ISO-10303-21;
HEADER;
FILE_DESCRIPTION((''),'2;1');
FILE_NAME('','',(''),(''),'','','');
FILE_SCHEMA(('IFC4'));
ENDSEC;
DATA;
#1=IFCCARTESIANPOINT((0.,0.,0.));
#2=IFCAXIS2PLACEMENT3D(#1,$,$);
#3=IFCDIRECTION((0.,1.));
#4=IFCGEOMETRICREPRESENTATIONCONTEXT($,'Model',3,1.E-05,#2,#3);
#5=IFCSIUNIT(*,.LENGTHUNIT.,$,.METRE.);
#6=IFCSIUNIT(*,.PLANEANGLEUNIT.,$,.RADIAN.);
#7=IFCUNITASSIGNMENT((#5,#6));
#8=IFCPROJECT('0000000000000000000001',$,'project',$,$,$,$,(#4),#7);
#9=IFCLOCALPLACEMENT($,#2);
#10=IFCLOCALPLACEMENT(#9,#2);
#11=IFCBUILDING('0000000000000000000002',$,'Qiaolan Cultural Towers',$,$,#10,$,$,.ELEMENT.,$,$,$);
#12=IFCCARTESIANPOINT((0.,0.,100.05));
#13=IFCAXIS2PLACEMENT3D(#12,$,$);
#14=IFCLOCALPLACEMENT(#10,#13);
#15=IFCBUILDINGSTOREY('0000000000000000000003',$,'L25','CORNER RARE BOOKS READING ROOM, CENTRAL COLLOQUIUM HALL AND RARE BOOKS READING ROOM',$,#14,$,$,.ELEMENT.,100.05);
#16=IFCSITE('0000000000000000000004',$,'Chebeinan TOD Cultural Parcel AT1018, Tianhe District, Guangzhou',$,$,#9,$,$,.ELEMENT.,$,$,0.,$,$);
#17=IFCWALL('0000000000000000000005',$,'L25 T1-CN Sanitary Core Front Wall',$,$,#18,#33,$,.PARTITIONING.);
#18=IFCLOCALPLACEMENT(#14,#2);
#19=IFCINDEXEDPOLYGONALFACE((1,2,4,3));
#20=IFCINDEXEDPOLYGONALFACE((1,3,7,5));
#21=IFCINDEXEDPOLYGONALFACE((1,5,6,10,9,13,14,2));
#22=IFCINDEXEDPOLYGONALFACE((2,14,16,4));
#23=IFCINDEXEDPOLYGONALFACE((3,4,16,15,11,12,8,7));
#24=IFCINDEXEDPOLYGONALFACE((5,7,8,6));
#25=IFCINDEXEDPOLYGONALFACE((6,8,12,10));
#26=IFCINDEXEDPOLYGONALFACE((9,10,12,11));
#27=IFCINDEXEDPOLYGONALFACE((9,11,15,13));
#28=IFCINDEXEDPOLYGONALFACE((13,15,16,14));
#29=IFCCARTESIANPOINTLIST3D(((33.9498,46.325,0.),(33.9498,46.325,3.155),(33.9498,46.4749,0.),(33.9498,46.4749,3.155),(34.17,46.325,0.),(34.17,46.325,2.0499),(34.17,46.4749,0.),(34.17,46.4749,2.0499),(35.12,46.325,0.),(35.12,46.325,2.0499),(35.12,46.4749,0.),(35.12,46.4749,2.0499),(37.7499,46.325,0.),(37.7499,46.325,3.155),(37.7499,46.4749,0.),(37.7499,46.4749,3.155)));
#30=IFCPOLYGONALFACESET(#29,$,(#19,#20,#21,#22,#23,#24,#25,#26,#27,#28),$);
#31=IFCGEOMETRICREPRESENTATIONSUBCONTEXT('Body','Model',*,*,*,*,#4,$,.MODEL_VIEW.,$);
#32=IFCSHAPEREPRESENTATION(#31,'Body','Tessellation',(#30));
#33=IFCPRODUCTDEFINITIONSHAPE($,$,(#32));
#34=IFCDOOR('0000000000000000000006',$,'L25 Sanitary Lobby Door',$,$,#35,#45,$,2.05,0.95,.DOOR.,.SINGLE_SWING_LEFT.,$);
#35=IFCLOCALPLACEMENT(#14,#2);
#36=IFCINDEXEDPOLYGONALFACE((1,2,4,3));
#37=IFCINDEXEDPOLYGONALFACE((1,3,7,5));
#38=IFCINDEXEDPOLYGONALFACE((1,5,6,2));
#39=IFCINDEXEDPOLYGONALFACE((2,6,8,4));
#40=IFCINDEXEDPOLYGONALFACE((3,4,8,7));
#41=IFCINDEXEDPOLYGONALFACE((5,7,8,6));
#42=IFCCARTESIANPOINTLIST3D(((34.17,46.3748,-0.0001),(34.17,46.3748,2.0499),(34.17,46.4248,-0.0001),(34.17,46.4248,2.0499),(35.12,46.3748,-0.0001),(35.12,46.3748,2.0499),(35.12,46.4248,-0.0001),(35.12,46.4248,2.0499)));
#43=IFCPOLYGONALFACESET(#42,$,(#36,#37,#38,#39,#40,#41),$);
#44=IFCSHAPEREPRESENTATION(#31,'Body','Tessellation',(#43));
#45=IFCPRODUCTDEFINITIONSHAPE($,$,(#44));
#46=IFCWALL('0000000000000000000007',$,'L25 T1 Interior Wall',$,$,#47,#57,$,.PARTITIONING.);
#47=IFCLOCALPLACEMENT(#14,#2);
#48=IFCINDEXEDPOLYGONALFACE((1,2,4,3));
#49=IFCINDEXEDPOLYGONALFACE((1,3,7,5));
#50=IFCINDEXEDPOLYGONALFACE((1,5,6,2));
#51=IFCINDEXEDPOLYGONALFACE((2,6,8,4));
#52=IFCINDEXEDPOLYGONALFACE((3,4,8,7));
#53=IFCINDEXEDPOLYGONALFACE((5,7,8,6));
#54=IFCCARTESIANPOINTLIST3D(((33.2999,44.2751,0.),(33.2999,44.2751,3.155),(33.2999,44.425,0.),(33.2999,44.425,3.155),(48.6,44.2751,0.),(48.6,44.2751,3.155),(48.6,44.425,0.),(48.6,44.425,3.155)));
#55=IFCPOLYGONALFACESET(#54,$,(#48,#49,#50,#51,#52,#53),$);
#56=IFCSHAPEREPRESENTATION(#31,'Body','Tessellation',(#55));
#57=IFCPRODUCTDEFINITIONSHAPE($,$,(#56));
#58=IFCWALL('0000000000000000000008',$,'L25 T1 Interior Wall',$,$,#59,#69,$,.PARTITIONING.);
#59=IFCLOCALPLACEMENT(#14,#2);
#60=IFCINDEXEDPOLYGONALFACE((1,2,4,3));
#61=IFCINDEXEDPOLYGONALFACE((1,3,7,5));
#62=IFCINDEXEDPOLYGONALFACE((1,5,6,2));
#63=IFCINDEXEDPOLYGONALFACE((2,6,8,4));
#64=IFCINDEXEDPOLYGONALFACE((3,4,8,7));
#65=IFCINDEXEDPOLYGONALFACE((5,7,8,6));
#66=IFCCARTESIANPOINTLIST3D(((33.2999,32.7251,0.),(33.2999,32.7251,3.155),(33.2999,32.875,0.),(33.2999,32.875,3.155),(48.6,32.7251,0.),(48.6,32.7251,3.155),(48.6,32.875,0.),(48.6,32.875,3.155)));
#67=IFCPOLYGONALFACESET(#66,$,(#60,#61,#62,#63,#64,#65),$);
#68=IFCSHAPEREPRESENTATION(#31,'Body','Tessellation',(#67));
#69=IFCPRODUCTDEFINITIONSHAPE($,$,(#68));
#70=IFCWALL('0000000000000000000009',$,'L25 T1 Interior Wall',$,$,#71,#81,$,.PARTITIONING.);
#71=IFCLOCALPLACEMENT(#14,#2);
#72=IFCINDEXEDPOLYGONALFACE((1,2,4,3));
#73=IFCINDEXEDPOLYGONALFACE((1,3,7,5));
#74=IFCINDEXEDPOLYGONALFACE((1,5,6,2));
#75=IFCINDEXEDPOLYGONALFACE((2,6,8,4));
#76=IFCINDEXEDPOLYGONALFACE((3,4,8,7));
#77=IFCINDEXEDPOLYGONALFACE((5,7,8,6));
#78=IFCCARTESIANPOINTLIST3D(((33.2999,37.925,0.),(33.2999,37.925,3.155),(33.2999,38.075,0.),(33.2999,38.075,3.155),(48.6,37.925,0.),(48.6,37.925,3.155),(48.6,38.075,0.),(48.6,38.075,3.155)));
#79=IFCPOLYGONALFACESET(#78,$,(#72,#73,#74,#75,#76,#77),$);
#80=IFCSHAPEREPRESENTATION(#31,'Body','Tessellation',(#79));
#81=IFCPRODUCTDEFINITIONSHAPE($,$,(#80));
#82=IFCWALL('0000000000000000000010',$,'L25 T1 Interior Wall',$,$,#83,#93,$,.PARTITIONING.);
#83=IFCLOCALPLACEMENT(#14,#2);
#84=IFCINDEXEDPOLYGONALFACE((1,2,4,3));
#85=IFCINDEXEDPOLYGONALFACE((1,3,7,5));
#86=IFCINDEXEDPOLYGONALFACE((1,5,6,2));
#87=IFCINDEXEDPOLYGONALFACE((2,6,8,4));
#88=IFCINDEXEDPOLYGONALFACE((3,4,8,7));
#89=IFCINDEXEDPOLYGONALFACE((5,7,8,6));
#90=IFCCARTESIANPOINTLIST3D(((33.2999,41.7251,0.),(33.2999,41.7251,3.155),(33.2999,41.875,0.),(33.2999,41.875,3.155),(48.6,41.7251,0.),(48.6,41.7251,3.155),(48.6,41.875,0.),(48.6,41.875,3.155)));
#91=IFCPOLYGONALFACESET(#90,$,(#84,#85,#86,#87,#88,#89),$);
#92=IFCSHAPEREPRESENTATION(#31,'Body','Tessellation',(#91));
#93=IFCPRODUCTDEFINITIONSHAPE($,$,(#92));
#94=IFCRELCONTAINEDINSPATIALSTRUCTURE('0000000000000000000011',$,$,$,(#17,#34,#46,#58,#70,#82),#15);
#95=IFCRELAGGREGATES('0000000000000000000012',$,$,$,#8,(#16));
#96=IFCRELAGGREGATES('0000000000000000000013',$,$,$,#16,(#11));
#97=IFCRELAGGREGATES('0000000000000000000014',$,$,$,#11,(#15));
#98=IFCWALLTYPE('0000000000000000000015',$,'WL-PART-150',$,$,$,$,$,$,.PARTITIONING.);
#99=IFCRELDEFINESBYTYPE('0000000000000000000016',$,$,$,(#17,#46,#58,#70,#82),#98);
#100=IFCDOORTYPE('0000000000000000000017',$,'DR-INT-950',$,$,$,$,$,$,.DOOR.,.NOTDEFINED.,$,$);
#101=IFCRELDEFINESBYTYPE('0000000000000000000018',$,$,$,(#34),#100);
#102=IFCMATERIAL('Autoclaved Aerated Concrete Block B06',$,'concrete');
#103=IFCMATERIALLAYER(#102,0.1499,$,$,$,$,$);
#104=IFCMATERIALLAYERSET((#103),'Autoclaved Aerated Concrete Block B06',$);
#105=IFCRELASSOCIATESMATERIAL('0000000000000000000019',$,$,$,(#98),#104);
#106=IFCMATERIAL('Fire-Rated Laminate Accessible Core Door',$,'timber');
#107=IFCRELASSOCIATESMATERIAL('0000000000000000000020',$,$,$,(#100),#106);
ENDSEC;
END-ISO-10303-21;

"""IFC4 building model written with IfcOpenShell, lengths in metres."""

from ifc_helpers import new_model, si_unit, direction, frame, frame_2d, origin, place, context, subcontext, project, spatial, rectangle, extrude, material, layer, layer_set, type_object, element, fill, save


model = new_model("IFC4")

# Units and contexts
model_context = context("Model", 3, precision=1e-05, world=origin(), true_north=direction((0.0, 1.0)))
body_context = subcontext(model_context, "Body", "Model", "MODEL_VIEW")
ifc_project = project(units=[si_unit("LENGTHUNIT", "METRE"), si_unit("PLANEANGLEUNIT", "RADIAN")], contexts=[model_context])

# Site, building, storey
site_placement = place(None, origin())
site = spatial("IfcSite", under=ifc_project, at=site_placement, Name="Chebeinan TOD Cultural Parcel AT1018, Tianhe District, Guangzhou", CompositionType="ELEMENT", RefElevation=0.0)
building_placement = place(site_placement, origin())
building = spatial("IfcBuilding", under=site, at=building_placement, Name="Qiaolan Cultural Towers", CompositionType="ELEMENT")
storey_placement = place(building_placement, frame((0.0, 0.0, 100.05)))
storey = spatial("IfcBuildingStorey", under=building, at=storey_placement, Name="L25", Description="CORNER RARE BOOKS READING ROOM, CENTRAL COLLOQUIUM HALL AND RARE BOOKS READING ROOM", CompositionType="ELEMENT", Elevation=100.05)

# Wall, opening, door
ifc_material_1 = material(Name="Autoclaved Aerated Concrete Block B06", Category="concrete")
ifc_layer_1 = layer(ifc_material_1, 0.1499)
ifc_layer_set_1 = layer_set([ifc_layer_1], Name="Autoclaved Aerated Concrete Block B06")
wall_type_1 = type_object("IfcWallType", Name="WL-PART-150", PredefinedType="PARTITIONING", material=ifc_layer_set_1)
wall_1_placement = place(storey_placement, frame((33.95, 46.3999, 0.0), z_axis=(0.0, 0.0, 1.0), x_axis=(1.0, 0.0, 0.0)))
wall_1 = element("IfcWall", 1, at=wall_1_placement, inside=storey, type_object=wall_type_1, Name="L25 T1-CN Sanitary Core Front Wall", PredefinedType="PARTITIONING", context=body_context, shape_type="SweptSolid", body=[
    extrude(rectangle(XDim=3.8, YDim=0.1499, at=frame_2d((1.8999, 0.0))), origin(), (0.0, 0.0, 1.0), 3.155),
])
opening_1_placement = place(wall_1_placement, frame((0.22, 0.0, 0.0)))
opening_1 = element("IfcOpeningElement", 2, at=opening_1_placement, cuts=wall_1, PredefinedType="OPENING", context=body_context, shape_type="SweptSolid", body=[
    extrude(rectangle(XDim=0.95, YDim=2.05, at=frame_2d((0.4751, 1.0249))), frame((0.0, 0.085, 0.0), z_axis=(0.0, -1.0, 0.0), x_axis=(1.0, 0.0, 0.0)), (0.0, 0.0, 1.0), 0.1699),
])
ifc_material_2 = material(Name="Fire-Rated Laminate Accessible Core Door", Category="timber")
door_type_1 = type_object("IfcDoorType", Name="DR-INT-950", OperationType="NOTDEFINED", PredefinedType="DOOR", material=ifc_material_2)
door_1_placement = place(opening_1_placement, origin())
door_1 = element("IfcDoor", 3, at=door_1_placement, inside=storey, type_object=door_type_1, Name="L25 Sanitary Lobby Door", OperationType="SINGLE_SWING_LEFT", OverallHeight=2.05, OverallWidth=0.95, PredefinedType="DOOR", context=body_context, shape_type="SweptSolid", body=[
    extrude(rectangle(XDim=0.95, YDim=2.05, at=frame_2d((0.4751, 1.0249))), frame((0.0, 0.0249, 0.0), z_axis=(0.0, -1.0, 0.0), x_axis=(1.0, 0.0, 0.0)), (0.0, 0.0, 1.0), 0.05),
])
fill(opening_1, door_1)

# Walls
for number, where, z_axis, x_axis, name in (
    (4, (33.3, 44.3501, 0.0), (0.0, 0.0, 1.0), (1.0, 0.0, 0.0), "L25 T1 Interior Wall"),
    (5, (33.3, 32.8, 0.0), (0.0, 0.0, 1.0), (1.0, 0.0, 0.0), "L25 T1 Interior Wall"),
    (6, (33.3, 38.0, 0.0), (0.0, 0.0, 1.0), (1.0, 0.0, 0.0), "L25 T1 Interior Wall"),
    (7, (33.3, 41.8, 0.0), (0.0, 0.0, 1.0), (1.0, 0.0, 0.0), "L25 T1 Interior Wall"),
):
    element("IfcWall", number, at=place(storey_placement, frame(where, z_axis=z_axis, x_axis=x_axis)), inside=storey, type_object=wall_type_1, Name=name, PredefinedType="PARTITIONING", context=body_context, shape_type="SweptSolid", body=[
        extrude(rectangle(XDim=15.3, YDim=0.1499, at=frame_2d((7.6499, 0.0))), origin(), (0.0, 0.0, 1.0), 3.155),
    ])

save(model, "model.ifc")
